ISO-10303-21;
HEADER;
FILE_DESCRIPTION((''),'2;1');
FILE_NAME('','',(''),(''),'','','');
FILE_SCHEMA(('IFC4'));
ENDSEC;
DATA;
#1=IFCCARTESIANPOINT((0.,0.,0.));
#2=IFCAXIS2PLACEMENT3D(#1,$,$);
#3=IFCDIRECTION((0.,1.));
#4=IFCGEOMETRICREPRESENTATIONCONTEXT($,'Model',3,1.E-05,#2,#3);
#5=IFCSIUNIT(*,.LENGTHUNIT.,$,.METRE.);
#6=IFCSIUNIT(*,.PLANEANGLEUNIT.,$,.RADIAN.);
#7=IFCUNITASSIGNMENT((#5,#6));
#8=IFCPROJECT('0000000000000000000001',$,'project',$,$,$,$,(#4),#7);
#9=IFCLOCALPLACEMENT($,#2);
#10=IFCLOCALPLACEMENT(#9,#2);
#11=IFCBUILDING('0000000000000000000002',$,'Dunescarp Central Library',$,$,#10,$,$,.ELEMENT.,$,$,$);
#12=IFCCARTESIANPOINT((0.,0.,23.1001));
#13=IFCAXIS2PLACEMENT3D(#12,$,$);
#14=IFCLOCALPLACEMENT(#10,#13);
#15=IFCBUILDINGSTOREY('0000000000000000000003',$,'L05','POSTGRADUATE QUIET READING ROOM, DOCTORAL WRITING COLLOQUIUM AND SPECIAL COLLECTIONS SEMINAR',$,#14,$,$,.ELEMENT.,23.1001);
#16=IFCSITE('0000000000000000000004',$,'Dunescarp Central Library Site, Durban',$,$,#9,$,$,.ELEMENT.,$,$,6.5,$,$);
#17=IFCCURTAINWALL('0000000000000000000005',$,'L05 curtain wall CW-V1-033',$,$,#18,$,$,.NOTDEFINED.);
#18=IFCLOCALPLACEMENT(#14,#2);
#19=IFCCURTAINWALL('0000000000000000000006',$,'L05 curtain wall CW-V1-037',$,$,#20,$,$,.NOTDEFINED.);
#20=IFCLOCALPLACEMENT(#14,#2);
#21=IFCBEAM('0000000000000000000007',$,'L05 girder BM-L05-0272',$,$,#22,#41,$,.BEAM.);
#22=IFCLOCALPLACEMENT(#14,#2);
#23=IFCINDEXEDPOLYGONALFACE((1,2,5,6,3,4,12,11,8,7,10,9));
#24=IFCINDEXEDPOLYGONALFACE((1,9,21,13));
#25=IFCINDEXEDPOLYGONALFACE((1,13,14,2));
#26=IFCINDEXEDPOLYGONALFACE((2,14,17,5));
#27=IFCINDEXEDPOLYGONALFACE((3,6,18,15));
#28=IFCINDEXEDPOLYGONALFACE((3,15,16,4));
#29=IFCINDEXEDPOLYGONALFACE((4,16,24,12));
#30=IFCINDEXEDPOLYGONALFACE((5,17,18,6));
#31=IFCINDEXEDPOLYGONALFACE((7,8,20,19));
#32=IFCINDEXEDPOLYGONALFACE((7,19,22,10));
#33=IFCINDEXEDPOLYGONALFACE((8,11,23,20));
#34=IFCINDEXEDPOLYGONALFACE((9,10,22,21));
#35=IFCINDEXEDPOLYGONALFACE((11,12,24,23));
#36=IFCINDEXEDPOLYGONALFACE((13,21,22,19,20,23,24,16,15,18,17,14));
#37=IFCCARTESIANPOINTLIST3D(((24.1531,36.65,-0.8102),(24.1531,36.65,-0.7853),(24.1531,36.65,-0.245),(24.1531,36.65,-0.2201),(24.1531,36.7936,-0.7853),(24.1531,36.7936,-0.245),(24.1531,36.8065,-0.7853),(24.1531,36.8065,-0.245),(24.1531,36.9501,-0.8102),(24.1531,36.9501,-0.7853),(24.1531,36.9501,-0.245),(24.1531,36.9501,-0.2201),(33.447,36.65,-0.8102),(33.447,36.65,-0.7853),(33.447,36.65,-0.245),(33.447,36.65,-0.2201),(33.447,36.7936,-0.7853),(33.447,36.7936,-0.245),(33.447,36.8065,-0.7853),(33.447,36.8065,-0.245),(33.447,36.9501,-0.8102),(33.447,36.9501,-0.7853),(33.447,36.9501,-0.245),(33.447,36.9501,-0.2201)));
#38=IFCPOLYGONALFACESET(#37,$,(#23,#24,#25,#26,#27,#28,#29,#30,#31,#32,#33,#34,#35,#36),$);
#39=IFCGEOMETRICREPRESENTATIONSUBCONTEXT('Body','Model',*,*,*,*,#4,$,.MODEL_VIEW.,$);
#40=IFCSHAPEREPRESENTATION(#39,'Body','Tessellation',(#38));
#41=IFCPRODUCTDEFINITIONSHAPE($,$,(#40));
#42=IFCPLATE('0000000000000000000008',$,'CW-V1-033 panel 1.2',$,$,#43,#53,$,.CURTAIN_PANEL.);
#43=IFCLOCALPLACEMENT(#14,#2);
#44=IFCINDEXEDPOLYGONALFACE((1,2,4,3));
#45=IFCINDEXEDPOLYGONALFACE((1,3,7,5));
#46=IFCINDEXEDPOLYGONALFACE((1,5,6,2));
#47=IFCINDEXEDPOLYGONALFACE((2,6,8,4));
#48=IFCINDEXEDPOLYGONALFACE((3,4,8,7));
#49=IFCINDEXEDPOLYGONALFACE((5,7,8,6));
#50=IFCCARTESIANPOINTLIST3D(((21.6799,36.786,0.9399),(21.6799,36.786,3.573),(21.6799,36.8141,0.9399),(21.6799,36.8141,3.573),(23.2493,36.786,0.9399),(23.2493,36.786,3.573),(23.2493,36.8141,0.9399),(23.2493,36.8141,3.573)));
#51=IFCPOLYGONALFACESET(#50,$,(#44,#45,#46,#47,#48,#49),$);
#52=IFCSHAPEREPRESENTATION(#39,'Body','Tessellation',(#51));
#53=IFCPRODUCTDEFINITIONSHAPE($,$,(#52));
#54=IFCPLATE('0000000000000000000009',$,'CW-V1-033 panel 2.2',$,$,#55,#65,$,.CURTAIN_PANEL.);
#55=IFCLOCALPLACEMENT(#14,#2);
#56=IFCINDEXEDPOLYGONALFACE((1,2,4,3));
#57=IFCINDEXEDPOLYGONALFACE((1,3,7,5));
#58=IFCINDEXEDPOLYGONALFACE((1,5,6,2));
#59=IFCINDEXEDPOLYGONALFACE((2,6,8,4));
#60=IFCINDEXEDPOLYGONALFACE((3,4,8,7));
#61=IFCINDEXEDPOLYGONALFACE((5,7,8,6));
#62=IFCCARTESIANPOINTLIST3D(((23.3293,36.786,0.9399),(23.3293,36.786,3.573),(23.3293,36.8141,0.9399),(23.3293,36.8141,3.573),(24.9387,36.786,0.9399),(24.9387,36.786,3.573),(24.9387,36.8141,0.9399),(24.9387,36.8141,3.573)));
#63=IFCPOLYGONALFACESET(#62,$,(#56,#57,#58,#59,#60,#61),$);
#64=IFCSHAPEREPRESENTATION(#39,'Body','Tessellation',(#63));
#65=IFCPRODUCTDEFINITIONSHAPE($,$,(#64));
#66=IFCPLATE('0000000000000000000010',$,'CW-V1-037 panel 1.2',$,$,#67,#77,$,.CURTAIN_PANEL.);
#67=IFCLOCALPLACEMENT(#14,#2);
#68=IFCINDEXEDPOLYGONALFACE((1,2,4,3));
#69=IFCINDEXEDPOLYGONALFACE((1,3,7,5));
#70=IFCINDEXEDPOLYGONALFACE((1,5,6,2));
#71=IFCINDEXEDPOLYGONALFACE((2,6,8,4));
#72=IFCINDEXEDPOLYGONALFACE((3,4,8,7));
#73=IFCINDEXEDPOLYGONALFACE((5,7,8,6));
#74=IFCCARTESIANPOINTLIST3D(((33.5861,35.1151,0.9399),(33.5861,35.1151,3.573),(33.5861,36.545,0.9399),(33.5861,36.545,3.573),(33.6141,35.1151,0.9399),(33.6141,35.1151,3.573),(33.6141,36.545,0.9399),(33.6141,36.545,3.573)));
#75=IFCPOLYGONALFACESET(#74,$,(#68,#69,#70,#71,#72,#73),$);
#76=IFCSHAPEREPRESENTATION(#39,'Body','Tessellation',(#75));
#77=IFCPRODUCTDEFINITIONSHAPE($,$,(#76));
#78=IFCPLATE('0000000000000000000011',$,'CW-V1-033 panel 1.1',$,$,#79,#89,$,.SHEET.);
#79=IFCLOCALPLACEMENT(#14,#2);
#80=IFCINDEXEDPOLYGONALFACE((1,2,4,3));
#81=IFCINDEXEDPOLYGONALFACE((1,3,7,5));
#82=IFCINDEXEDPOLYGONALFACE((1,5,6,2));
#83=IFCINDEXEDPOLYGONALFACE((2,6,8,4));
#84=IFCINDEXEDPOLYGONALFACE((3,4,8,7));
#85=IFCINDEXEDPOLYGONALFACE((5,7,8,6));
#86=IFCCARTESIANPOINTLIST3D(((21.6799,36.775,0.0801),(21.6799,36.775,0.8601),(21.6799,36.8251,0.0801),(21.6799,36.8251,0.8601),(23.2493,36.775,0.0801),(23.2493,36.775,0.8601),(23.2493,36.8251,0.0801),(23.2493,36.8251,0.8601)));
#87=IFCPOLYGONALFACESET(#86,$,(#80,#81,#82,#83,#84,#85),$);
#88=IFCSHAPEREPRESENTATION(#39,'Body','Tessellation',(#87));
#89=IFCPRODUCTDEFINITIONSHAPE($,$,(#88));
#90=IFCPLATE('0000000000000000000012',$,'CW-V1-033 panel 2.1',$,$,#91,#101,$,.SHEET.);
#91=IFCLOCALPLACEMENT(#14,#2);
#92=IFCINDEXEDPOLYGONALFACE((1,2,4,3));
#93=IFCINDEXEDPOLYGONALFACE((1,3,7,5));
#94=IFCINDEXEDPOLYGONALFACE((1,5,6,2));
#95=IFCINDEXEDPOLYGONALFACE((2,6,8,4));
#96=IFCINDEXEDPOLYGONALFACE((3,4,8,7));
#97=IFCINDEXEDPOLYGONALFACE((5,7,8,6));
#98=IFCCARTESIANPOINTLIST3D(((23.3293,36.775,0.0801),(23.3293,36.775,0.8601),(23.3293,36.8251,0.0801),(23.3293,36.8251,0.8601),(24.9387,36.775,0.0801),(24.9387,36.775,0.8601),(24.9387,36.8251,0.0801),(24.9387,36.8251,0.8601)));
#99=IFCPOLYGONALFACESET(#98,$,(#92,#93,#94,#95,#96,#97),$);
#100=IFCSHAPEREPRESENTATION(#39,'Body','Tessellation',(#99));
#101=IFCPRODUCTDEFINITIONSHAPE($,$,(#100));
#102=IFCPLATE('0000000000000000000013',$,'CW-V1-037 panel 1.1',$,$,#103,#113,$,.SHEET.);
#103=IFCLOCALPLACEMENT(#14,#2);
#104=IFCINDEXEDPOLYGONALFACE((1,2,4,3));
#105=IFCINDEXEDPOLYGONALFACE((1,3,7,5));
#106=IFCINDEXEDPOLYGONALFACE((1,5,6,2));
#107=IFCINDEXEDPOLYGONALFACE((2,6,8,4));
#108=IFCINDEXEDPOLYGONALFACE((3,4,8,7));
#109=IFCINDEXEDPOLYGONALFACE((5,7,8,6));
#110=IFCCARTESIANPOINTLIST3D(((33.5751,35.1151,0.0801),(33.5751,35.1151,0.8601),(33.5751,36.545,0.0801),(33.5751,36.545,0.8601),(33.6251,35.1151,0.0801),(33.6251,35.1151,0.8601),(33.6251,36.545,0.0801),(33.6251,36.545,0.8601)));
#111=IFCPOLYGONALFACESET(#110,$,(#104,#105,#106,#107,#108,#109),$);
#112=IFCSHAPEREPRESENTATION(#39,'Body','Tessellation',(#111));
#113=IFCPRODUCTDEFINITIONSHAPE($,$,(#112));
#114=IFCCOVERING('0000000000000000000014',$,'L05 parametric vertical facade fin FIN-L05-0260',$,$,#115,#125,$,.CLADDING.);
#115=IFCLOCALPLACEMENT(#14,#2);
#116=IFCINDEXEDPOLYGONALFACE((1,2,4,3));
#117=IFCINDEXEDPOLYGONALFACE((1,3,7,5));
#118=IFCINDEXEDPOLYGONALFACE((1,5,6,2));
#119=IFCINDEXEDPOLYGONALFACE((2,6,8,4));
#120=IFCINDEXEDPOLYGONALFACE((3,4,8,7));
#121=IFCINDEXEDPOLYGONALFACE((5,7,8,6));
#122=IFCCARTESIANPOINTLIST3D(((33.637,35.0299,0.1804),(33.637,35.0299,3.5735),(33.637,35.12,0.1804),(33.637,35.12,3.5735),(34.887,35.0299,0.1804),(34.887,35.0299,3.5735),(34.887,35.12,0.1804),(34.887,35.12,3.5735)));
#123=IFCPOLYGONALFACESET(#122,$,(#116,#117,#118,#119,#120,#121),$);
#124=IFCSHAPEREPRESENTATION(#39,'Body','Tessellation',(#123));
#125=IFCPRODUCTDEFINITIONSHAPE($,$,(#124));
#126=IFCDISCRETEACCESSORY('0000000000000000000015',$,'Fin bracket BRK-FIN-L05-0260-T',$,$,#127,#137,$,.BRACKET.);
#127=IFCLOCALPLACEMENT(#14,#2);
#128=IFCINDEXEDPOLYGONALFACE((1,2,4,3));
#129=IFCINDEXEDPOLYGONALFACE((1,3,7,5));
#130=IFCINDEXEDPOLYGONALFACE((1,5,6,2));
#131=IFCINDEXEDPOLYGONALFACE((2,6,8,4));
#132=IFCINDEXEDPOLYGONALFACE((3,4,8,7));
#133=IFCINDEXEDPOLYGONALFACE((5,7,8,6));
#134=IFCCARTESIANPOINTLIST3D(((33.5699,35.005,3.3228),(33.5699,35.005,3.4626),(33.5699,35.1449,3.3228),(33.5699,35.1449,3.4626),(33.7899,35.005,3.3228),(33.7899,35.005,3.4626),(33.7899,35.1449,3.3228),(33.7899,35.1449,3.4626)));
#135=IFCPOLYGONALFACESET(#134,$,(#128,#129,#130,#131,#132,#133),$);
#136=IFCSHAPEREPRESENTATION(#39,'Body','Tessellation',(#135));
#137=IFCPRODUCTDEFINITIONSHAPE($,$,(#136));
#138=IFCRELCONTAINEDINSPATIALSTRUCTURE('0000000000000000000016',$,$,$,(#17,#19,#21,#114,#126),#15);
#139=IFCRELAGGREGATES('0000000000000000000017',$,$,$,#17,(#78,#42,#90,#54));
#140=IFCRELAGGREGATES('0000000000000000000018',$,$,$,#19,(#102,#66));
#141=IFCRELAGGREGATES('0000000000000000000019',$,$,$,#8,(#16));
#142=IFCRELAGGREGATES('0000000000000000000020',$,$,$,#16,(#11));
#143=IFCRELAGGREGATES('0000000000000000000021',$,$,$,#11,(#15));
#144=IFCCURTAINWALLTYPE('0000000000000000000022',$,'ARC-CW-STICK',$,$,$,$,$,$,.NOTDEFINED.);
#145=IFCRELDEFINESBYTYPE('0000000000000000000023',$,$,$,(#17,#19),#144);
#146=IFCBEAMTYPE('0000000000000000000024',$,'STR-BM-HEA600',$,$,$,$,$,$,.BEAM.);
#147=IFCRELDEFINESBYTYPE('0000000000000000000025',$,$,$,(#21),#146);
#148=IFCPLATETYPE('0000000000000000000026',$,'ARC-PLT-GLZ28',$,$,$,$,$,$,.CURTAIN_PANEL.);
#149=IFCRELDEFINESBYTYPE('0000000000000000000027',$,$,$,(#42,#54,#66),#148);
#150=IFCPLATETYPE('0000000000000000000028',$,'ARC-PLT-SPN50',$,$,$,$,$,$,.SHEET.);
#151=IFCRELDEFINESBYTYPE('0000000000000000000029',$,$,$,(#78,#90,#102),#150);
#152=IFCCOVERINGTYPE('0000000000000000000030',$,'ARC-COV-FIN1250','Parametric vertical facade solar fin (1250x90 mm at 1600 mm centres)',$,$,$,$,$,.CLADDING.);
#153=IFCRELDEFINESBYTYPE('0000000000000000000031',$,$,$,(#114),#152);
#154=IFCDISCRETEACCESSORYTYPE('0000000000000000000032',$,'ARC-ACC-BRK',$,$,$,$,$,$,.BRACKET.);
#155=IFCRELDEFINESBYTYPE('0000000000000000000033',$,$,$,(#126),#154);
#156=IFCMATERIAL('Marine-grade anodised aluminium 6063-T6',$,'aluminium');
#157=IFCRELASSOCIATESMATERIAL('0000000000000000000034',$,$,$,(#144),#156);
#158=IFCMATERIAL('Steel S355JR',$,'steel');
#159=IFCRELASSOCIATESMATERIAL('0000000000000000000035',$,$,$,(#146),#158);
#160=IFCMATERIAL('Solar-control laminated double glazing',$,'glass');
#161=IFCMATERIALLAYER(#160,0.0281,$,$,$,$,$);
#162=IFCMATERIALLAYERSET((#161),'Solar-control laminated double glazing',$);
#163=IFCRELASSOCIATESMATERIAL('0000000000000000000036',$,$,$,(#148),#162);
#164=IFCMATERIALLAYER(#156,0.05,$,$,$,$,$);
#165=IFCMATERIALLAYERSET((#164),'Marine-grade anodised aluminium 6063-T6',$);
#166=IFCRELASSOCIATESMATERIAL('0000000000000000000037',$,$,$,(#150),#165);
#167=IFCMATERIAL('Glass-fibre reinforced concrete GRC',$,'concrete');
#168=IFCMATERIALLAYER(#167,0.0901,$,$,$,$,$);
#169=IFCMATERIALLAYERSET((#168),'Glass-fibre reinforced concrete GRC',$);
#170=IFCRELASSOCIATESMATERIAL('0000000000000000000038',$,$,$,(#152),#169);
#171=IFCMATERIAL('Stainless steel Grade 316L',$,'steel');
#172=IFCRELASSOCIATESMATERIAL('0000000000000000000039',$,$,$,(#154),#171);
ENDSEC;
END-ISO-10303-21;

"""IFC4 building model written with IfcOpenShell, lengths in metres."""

from ifc_helpers import new_model, si_unit, direction, frame, origin, origin_2d, place, context, subcontext, project, spatial, rectangle, i_section, extrude, material, layer, layer_set, material_profile, profile_set, type_object, element, aggregate, save


model = new_model("IFC4")

# Units and contexts
model_context = context("Model", 3, precision=1e-05, world=origin(), true_north=direction((0.0, 1.0)))
body_context = subcontext(model_context, "Body", "Model", "MODEL_VIEW")
ifc_project = project(units=[si_unit("LENGTHUNIT", "METRE"), si_unit("PLANEANGLEUNIT", "RADIAN")], contexts=[model_context])

# Site, building, storey
site_placement = place(None, origin())
site = spatial("IfcSite", under=ifc_project, at=site_placement, Name="Dunescarp Central Library Site, Durban", CompositionType="ELEMENT", RefElevation=6.5)
building_placement = place(site_placement, origin())
building = spatial("IfcBuilding", under=site, at=building_placement, Name="Dunescarp Central Library", CompositionType="ELEMENT")
storey_placement = place(building_placement, frame((0.0, 0.0, 23.1001)))
storey = spatial("IfcBuildingStorey", under=building, at=storey_placement, Name="L05", Description="POSTGRADUATE QUIET READING ROOM, DOCTORAL WRITING COLLOQUIUM AND SPECIAL COLLECTIONS SEMINAR", CompositionType="ELEMENT", Elevation=23.1001)

# Shared definitions
ifc_material_1 = material(Name="Steel S355JR", Category="steel")

# Curtain wall
ifc_material_2 = material(Name="Marine-grade anodised aluminium 6063-T6", Category="aluminium")
curtain_wall_type = type_object("IfcCurtainWallType", Name="ARC-CW-STICK", PredefinedType="NOTDEFINED", material=ifc_material_2)
curtain_wall_1_placement = place(storey_placement, origin())
curtain_wall_1 = element("IfcCurtainWall", 1, at=curtain_wall_1_placement, inside=storey, type_object=curtain_wall_type, Name="L05 curtain wall CW-V1-033", PredefinedType="NOTDEFINED")

# Curtain wall
curtain_wall_2_placement = place(storey_placement, origin())
curtain_wall_2 = element("IfcCurtainWall", 2, at=curtain_wall_2_placement, inside=storey, type_object=curtain_wall_type, Name="L05 curtain wall CW-V1-037", PredefinedType="NOTDEFINED")

# Beam
ifc_material_profile_1 = material_profile(ifc_material_1, i_section(OverallWidth=0.3, OverallDepth=0.5901, WebThickness=0.0129, FlangeThickness=0.0249, at=origin_2d()), Name="HEA 600")
ifc_profile_set_1 = profile_set([ifc_material_profile_1], Name="Steel S355JR")
beam_type = type_object("IfcBeamType", Name="STR-BM-HEA600", PredefinedType="BEAM", material=ifc_profile_set_1)
beam_placement = place(storey_placement, frame((24.1531, 36.8, -0.5151), z_axis=(1.0, 0.0, 0.0), x_axis=(0.0, 1.0, 0.0)))
element("IfcBeam", 3, at=beam_placement, inside=storey, type_object=beam_type, Name="L05 girder BM-L05-0272", PredefinedType="BEAM", context=body_context, shape_type="SweptSolid", body=[
    extrude(i_section(OverallWidth=0.3, OverallDepth=0.5901, WebThickness=0.0129, FlangeThickness=0.0249, at=origin_2d()), origin(), (0.0, 0.0, 1.0), 9.2939),
])

# Plates
ifc_material_3 = material(Name="Solar-control laminated double glazing", Category="glass")
ifc_layer_1 = layer(ifc_material_3, 0.0281)
ifc_layer_set_1 = layer_set([ifc_layer_1], Name="Solar-control laminated double glazing")
plate_type_1 = type_object("IfcPlateType", Name="ARC-PLT-GLZ28", PredefinedType="CURTAIN_PANEL", material=ifc_layer_set_1)
plate_1_placement = place(storey_placement, frame((22.4646, 36.8, 0.9399), z_axis=(0.0, 0.0, 1.0), x_axis=(1.0, 0.0, 0.0)))
plate_1 = element("IfcPlate", 4, at=plate_1_placement, type_object=plate_type_1, Name="CW-V1-033 panel 1.2", PredefinedType="CURTAIN_PANEL", context=body_context, shape_type="SweptSolid", body=[
    extrude(rectangle(XDim=1.5693, YDim=0.0281, at=origin_2d()), origin(), (0.0, 0.0, 1.0), 2.6331),
])
plate_2_placement = place(storey_placement, frame((24.134, 36.8, 0.9399), z_axis=(0.0, 0.0, 1.0), x_axis=(1.0, 0.0, 0.0)))
plate_2 = element("IfcPlate", 5, at=plate_2_placement, type_object=plate_type_1, Name="CW-V1-033 panel 2.2", PredefinedType="CURTAIN_PANEL", context=body_context, shape_type="SweptSolid", body=[
    extrude(rectangle(XDim=1.6094, YDim=0.0281, at=origin_2d()), origin(), (0.0, 0.0, 1.0), 2.6331),
])
plate_3_placement = place(storey_placement, frame((33.6001, 35.8301, 0.9399), z_axis=(0.0, 0.0, 1.0), x_axis=(0.0, -1.0, 0.0)))
plate_3 = element("IfcPlate", 6, at=plate_3_placement, type_object=plate_type_1, Name="CW-V1-037 panel 1.2", PredefinedType="CURTAIN_PANEL", context=body_context, shape_type="SweptSolid", body=[
    extrude(rectangle(XDim=1.4299, YDim=0.0281, at=origin_2d()), origin(), (0.0, 0.0, 1.0), 2.6331),
])
ifc_layer_2 = layer(ifc_material_2, 0.05)
ifc_layer_set_2 = layer_set([ifc_layer_2], Name="Marine-grade anodised aluminium 6063-T6")
plate_type_2 = type_object("IfcPlateType", Name="ARC-PLT-SPN50", PredefinedType="SHEET", material=ifc_layer_set_2)
plate_4_placement = place(storey_placement, frame((22.4646, 36.8, 0.0801), z_axis=(0.0, 0.0, 1.0), x_axis=(1.0, 0.0, 0.0)))
plate_4 = element("IfcPlate", 7, at=plate_4_placement, type_object=plate_type_2, Name="CW-V1-033 panel 1.1", PredefinedType="SHEET", context=body_context, shape_type="SweptSolid", body=[
    extrude(rectangle(XDim=1.5693, YDim=0.05, at=origin_2d()), origin(), (0.0, 0.0, 1.0), 0.78),
])
plate_5_placement = place(storey_placement, frame((24.134, 36.8, 0.0801), z_axis=(0.0, 0.0, 1.0), x_axis=(1.0, 0.0, 0.0)))
plate_5 = element("IfcPlate", 8, at=plate_5_placement, type_object=plate_type_2, Name="CW-V1-033 panel 2.1", PredefinedType="SHEET", context=body_context, shape_type="SweptSolid", body=[
    extrude(rectangle(XDim=1.6094, YDim=0.05, at=origin_2d()), origin(), (0.0, 0.0, 1.0), 0.78),
])
aggregate(curtain_wall_1, [plate_4, plate_1, plate_5, plate_2])
plate_6_placement = place(storey_placement, frame((33.6001, 35.8301, 0.0801), z_axis=(0.0, 0.0, 1.0), x_axis=(0.0, -1.0, 0.0)))
plate_6 = element("IfcPlate", 9, at=plate_6_placement, type_object=plate_type_2, Name="CW-V1-037 panel 1.1", PredefinedType="SHEET", context=body_context, shape_type="SweptSolid", body=[
    extrude(rectangle(XDim=1.4299, YDim=0.05, at=origin_2d()), origin(), (0.0, 0.0, 1.0), 0.78),
])
aggregate(curtain_wall_2, [plate_6, plate_3])

# Covering
ifc_material_4 = material(Name="Glass-fibre reinforced concrete GRC", Category="concrete")
ifc_layer_3 = layer(ifc_material_4, 0.0901)
ifc_layer_set_3 = layer_set([ifc_layer_3], Name="Glass-fibre reinforced concrete GRC")
covering_type = type_object("IfcCoveringType", Name="ARC-COV-FIN1250", Description="Parametric vertical facade solar fin (1250x90 mm at 1600 mm centres)", PredefinedType="CLADDING", material=ifc_layer_set_3)
covering_placement = place(storey_placement, frame((34.262, 35.075, 0.1804), z_axis=(0.0, 0.0, 1.0), x_axis=(1.0, 0.0, 0.0)))
element("IfcCovering", 10, at=covering_placement, inside=storey, type_object=covering_type, Name="L05 parametric vertical facade fin FIN-L05-0260", PredefinedType="CLADDING", context=body_context, shape_type="SweptSolid", body=[
    extrude(rectangle(XDim=1.25, YDim=0.0901, at=origin_2d()), origin(), (0.0, 0.0, 1.0), 3.3931),
])

# Discrete accessory
ifc_material_5 = material(Name="Stainless steel Grade 316L", Category="steel")
discrete_accessory_type = type_object("IfcDiscreteAccessoryType", Name="ARC-ACC-BRK", PredefinedType="BRACKET", material=ifc_material_5)
discrete_accessory_placement = place(storey_placement, frame((33.6799, 35.075, 3.3228), z_axis=(0.0, 0.0, 1.0), x_axis=(1.0, 0.0, 0.0)))
element("IfcDiscreteAccessory", 11, at=discrete_accessory_placement, inside=storey, type_object=discrete_accessory_type, Name="Fin bracket BRK-FIN-L05-0260-T", PredefinedType="BRACKET", context=body_context, shape_type="SweptSolid", body=[
    extrude(rectangle(XDim=0.22, YDim=0.1399, at=origin_2d()), origin(), (0.0, 0.0, 1.0), 0.1399),
])

save(model, "model.ifc")
